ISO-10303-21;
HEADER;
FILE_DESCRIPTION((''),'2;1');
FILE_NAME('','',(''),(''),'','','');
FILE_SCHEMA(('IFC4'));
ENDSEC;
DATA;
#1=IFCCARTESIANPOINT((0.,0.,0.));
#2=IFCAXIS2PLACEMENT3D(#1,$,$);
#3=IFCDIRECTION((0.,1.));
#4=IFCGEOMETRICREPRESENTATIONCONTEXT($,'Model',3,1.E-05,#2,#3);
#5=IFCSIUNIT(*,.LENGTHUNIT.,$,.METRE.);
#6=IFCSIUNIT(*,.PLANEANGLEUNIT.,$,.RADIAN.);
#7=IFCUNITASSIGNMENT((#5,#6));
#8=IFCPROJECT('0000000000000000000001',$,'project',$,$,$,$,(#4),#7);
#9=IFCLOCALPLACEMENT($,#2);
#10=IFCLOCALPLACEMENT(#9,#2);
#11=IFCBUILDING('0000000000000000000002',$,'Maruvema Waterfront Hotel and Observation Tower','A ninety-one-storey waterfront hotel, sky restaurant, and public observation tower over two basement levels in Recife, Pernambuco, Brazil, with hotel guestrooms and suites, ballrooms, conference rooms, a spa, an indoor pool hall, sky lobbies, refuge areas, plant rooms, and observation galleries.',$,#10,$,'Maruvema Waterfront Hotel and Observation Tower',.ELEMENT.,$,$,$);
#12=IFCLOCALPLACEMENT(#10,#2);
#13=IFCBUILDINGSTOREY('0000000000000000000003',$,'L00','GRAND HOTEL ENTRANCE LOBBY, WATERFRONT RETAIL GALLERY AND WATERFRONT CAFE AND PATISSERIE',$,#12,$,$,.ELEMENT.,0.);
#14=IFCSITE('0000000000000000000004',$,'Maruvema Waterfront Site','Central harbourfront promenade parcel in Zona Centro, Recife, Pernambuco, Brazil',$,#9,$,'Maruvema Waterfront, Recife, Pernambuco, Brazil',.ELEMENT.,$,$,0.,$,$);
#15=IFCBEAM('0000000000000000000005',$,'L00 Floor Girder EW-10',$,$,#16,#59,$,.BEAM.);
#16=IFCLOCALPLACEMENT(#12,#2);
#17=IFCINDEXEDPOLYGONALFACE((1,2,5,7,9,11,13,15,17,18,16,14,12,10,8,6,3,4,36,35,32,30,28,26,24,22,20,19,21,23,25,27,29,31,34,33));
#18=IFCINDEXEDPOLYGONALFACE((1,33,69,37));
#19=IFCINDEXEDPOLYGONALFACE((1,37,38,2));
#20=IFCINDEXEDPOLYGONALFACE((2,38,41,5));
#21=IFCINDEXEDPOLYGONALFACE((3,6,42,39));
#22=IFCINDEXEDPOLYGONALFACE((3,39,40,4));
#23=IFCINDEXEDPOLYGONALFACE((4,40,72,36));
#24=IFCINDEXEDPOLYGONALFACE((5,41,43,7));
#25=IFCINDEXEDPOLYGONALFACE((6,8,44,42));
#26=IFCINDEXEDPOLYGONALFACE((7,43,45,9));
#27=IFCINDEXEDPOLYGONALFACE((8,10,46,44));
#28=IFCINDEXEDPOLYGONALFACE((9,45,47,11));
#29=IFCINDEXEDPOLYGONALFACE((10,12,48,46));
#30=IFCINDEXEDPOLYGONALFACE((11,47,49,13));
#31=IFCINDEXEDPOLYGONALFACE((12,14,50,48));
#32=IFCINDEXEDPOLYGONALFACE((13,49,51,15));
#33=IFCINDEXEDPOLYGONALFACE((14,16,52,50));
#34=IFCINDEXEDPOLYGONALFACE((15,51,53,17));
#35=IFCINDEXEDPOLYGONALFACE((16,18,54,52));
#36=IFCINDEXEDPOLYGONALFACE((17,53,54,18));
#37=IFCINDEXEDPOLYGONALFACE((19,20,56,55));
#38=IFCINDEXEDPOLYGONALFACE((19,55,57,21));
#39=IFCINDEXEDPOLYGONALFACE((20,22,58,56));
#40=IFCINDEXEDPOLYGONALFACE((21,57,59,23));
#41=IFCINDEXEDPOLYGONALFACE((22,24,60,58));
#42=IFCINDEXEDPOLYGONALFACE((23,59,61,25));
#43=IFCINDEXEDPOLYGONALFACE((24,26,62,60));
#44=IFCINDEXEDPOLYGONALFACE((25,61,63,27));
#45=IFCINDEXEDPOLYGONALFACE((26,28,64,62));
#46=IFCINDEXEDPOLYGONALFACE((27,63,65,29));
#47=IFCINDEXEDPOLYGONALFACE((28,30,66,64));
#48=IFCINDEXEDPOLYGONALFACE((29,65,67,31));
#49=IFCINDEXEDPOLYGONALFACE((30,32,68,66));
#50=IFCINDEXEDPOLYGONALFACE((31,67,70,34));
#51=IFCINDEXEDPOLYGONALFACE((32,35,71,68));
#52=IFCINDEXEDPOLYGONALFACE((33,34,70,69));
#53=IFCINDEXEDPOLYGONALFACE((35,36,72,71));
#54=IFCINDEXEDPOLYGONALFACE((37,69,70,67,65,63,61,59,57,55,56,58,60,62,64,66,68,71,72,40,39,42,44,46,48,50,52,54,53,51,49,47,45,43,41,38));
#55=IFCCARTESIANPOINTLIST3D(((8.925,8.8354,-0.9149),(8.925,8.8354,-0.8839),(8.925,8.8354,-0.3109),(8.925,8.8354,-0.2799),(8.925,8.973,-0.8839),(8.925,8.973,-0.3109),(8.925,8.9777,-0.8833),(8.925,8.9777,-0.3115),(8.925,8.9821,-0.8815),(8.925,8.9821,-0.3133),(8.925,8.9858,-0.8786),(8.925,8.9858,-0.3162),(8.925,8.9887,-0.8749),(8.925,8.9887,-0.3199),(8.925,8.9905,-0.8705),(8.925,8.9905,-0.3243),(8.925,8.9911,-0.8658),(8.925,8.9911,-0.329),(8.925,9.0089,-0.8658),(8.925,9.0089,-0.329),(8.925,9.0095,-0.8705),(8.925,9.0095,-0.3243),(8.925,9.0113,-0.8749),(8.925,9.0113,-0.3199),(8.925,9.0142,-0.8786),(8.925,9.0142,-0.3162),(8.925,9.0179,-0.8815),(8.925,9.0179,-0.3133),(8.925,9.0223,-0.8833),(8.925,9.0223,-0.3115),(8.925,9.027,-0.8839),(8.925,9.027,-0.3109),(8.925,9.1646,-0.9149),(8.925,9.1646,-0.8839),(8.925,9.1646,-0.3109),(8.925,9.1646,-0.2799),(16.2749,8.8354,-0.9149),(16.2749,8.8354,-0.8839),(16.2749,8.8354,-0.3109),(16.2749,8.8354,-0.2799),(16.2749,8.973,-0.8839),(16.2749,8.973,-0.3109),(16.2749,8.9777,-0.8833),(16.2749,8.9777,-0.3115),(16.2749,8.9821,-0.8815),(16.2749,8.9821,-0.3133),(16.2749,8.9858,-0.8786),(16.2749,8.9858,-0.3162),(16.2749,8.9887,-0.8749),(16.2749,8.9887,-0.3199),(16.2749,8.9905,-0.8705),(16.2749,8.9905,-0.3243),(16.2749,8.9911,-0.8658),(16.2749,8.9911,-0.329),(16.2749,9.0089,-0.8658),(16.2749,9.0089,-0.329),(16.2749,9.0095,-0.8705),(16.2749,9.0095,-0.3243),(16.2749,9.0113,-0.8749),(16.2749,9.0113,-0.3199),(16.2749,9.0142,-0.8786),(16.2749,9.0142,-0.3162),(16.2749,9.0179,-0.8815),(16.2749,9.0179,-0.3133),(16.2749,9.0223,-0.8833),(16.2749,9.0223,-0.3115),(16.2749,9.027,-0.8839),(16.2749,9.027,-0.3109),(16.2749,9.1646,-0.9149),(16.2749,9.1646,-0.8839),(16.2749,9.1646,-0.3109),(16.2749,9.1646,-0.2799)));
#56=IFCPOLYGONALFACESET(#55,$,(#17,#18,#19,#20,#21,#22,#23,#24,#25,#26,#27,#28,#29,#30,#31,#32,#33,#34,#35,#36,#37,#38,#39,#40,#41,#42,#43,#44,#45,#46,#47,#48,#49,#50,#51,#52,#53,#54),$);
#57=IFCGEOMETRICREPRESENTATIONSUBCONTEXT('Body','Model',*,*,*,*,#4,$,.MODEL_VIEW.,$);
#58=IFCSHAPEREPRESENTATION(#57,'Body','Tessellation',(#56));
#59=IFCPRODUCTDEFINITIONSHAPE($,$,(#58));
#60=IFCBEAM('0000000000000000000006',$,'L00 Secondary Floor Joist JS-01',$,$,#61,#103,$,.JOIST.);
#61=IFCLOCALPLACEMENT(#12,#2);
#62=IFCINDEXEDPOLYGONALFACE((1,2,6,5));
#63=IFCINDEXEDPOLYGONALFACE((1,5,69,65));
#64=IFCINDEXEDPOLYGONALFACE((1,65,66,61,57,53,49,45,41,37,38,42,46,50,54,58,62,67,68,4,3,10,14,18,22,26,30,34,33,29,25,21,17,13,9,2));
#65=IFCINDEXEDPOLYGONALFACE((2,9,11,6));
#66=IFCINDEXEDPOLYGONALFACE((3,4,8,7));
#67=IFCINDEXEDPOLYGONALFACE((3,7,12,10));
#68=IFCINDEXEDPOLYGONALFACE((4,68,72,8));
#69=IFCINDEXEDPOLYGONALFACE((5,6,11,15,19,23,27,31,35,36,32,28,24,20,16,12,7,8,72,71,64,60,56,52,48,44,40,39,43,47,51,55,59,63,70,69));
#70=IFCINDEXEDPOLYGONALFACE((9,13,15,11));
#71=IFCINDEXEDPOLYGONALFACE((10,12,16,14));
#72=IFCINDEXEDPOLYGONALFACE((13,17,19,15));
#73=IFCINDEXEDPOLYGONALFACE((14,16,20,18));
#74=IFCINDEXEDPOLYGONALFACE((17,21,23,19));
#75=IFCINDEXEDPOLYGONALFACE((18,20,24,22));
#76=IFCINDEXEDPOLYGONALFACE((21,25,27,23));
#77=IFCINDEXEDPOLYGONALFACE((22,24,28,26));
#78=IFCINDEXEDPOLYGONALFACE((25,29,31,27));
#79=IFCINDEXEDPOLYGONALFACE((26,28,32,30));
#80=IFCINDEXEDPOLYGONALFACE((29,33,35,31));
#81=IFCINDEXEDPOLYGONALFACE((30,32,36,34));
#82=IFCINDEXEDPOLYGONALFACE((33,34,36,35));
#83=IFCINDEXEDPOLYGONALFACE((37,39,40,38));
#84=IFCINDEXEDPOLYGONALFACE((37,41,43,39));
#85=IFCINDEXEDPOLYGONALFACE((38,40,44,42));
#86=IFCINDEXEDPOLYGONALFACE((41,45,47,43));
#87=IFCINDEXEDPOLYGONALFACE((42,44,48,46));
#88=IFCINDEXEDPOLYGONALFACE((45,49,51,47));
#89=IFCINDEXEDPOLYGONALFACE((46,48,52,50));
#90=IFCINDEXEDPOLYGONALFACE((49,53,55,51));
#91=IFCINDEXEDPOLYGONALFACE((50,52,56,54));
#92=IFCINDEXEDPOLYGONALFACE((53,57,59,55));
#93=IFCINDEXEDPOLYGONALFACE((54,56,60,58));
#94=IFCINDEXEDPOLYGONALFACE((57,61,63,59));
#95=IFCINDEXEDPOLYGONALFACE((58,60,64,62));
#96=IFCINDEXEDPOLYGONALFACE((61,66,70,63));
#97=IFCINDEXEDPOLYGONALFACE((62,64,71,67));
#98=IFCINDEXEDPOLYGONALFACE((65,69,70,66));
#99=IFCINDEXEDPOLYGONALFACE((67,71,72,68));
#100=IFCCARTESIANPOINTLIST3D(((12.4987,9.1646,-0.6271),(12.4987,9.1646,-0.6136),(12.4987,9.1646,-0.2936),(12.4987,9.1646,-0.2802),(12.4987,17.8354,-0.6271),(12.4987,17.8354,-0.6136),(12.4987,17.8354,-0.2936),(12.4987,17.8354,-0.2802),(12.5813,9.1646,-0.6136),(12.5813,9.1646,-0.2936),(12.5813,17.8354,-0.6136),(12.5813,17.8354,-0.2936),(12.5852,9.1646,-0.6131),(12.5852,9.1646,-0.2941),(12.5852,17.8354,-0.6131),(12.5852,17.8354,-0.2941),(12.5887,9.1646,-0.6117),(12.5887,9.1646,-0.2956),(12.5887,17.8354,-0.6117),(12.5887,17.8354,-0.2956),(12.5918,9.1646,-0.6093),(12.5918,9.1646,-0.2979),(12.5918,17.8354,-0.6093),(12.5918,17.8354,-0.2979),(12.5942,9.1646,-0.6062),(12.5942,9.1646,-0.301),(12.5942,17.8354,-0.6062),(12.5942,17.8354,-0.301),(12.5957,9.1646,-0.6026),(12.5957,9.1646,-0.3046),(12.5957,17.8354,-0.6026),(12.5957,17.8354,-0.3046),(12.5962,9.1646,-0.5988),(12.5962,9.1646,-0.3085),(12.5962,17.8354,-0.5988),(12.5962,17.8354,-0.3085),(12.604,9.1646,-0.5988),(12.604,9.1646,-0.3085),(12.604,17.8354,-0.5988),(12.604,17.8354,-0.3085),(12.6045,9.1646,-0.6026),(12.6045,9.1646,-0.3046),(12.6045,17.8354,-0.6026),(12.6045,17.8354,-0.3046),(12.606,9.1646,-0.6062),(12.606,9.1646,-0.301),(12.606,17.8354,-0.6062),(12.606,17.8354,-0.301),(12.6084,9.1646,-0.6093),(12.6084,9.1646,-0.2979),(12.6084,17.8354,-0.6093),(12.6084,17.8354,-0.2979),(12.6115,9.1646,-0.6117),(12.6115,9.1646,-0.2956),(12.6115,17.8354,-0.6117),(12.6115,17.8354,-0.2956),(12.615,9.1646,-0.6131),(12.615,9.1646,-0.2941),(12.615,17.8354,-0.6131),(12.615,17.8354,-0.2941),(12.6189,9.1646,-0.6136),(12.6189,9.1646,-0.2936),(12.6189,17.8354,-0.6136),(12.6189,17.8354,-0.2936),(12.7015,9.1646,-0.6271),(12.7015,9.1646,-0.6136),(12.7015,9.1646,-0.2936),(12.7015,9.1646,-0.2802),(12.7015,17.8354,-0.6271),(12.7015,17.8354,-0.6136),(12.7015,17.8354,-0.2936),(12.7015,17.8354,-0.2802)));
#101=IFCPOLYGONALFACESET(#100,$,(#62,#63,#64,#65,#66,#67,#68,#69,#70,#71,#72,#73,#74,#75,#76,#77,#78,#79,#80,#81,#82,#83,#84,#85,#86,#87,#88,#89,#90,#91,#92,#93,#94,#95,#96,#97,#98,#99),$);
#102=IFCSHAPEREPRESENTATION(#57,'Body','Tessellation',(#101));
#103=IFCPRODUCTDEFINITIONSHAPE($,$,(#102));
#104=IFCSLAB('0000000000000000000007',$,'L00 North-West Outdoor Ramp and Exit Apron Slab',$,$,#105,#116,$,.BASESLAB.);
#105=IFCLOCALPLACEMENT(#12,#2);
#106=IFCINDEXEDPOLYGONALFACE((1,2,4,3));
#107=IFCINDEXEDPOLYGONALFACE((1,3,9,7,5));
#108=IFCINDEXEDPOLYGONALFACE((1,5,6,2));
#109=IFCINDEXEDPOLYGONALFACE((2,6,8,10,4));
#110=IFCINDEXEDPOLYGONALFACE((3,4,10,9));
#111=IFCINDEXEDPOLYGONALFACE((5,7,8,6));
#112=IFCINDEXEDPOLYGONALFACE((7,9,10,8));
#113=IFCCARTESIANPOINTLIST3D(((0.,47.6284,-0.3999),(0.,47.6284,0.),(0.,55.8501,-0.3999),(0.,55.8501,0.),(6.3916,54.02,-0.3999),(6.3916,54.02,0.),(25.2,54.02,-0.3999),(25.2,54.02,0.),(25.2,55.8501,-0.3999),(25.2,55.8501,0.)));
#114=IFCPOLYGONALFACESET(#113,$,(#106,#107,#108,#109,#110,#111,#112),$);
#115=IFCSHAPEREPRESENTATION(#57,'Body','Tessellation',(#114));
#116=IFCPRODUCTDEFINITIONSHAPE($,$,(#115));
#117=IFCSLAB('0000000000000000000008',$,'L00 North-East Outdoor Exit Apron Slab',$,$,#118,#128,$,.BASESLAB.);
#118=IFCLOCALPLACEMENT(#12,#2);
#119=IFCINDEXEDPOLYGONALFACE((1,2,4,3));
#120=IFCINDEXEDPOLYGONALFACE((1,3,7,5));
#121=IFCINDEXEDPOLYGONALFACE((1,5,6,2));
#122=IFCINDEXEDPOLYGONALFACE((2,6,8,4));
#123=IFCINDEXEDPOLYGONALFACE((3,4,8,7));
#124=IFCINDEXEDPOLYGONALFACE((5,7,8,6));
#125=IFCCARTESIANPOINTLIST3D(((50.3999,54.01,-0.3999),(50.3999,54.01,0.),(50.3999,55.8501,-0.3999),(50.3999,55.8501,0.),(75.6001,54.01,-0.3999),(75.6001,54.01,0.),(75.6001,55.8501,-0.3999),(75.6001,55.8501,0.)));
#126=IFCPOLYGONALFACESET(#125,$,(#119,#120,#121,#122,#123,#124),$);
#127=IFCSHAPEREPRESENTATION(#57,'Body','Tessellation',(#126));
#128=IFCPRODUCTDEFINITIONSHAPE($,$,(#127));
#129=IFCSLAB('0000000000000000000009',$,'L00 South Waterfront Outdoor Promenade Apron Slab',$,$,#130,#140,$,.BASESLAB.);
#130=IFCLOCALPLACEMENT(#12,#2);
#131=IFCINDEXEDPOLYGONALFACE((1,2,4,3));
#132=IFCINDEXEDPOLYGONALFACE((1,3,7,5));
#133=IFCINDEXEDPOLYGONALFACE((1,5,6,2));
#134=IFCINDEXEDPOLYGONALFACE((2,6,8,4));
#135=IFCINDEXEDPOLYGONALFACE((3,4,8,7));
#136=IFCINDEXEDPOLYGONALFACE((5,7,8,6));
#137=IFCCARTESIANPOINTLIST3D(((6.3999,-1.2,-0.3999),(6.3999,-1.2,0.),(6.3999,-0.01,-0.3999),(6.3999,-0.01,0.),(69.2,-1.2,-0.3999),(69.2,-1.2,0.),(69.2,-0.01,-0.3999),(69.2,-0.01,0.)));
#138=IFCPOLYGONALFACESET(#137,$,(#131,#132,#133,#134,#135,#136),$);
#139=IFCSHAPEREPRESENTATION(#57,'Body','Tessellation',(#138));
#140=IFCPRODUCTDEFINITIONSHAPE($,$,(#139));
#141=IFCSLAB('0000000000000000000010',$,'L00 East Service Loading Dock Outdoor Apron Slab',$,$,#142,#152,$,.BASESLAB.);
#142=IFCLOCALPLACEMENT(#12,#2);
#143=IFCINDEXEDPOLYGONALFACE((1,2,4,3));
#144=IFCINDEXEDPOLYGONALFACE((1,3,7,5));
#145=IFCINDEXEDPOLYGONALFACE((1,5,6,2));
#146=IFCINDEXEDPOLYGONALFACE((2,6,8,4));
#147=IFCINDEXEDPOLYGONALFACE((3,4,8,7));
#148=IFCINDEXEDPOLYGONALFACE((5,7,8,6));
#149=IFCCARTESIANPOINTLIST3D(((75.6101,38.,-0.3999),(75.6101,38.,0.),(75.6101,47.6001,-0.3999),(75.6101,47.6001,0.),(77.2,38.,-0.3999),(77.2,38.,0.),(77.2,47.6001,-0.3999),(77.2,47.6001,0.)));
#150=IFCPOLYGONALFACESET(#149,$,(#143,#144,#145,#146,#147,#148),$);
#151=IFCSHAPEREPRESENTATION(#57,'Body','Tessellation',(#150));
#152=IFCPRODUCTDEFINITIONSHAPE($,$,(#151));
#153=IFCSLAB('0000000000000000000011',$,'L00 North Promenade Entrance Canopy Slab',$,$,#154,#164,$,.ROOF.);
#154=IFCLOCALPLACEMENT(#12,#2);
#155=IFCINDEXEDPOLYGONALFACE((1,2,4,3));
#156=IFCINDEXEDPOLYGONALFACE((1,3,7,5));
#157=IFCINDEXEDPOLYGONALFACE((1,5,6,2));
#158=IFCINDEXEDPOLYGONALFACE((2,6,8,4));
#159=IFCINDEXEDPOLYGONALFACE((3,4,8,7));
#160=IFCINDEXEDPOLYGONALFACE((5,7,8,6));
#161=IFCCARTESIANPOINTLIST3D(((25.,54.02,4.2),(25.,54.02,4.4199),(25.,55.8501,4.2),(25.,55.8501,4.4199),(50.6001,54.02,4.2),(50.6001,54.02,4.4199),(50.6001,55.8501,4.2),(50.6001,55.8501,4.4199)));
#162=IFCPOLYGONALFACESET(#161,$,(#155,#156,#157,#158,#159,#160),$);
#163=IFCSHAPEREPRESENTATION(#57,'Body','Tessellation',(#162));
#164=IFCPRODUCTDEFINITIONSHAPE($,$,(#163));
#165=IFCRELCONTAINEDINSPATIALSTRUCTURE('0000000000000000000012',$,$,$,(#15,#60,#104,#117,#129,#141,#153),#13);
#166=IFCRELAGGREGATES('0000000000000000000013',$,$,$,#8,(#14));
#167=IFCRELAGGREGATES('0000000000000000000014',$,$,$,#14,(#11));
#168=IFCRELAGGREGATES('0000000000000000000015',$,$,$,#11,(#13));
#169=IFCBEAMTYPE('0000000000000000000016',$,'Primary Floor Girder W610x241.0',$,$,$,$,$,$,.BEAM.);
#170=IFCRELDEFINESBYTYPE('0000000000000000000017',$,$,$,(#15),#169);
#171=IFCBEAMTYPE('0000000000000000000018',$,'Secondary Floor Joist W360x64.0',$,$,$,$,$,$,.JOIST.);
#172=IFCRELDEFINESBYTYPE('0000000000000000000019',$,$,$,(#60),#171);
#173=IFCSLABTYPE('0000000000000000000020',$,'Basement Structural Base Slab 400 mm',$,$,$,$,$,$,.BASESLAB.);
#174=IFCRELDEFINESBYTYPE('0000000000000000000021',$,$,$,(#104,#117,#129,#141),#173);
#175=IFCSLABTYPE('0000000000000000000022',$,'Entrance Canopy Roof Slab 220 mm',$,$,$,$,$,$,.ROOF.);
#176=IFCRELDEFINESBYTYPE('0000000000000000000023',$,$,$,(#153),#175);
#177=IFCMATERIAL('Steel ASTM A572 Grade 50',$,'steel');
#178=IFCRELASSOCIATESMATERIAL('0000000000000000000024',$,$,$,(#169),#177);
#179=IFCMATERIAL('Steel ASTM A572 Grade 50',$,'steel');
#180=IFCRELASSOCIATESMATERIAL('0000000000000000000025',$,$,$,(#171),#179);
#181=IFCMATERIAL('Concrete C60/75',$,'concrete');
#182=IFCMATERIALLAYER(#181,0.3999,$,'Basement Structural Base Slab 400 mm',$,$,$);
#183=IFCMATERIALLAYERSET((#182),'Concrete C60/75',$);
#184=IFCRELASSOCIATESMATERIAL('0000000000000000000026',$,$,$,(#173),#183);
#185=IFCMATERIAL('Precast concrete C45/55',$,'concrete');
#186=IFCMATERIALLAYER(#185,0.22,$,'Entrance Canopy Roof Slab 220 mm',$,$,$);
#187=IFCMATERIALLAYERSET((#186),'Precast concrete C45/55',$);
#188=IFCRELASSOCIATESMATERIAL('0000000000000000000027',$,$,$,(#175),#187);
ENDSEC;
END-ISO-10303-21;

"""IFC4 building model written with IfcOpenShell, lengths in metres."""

from ifc_helpers import new_model, si_unit, direction, frame, origin, origin_2d, place, context, subcontext, project, spatial, polyline, i_section, outline, extrude, material, layer, layer_set, material_profile, profile_set, type_object, element, save


model = new_model("IFC4")

# Units and contexts
model_context = context("Model", 3, precision=1e-05, world=origin(), true_north=direction((0.0, 1.0)))
body_context = subcontext(model_context, "Body", "Model", "MODEL_VIEW")
ifc_project = project(units=[si_unit("LENGTHUNIT", "METRE"), si_unit("PLANEANGLEUNIT", "RADIAN")], contexts=[model_context])

# Site, building, storey
site_placement = place(None, origin())
site = spatial("IfcSite", under=ifc_project, at=site_placement, Name="Maruvema Waterfront Site", Description="Central harbourfront promenade parcel in Zona Centro, Recife, Pernambuco, Brazil", LongName="Maruvema Waterfront, Recife, Pernambuco, Brazil", CompositionType="ELEMENT", RefElevation=0.0)
building_placement = place(site_placement, origin())
building = spatial("IfcBuilding", under=site, at=building_placement, Name="Maruvema Waterfront Hotel and Observation Tower", Description="A ninety-one-storey waterfront hotel, sky restaurant, and public observation tower over two basement levels in Recife, Pernambuco, Brazil, with hotel guestrooms and suites, ballrooms, conference rooms, a spa, an indoor pool hall, sky lobbies, refuge areas, plant rooms, and observation galleries.", LongName="Maruvema Waterfront Hotel and Observation Tower", CompositionType="ELEMENT")
storey_placement = place(building_placement, origin())
storey = spatial("IfcBuildingStorey", under=building, at=storey_placement, Name="L00", Description="GRAND HOTEL ENTRANCE LOBBY, WATERFRONT RETAIL GALLERY AND WATERFRONT CAFE AND PATISSERIE", CompositionType="ELEMENT", Elevation=0.0)

# Beams
ifc_material_1 = material(Name="Steel ASTM A572 Grade 50", Category="steel")
ifc_material_profile_1 = material_profile(ifc_material_1, i_section(OverallWidth=0.3291, OverallDepth=0.635, WebThickness=0.0178, FlangeThickness=0.031, FilletRadius=0.0181, at=origin_2d()), Name="W610x241.0")
ifc_profile_set_1 = profile_set([ifc_material_profile_1], Name="Steel ASTM A572 Grade 50")
beam_type_1 = type_object("IfcBeamType", Name="Primary Floor Girder W610x241.0", PredefinedType="BEAM", material=ifc_profile_set_1)
beam_1_placement = place(storey_placement, frame((8.925, 9.0, -0.5974), z_axis=(1.0, 0.0, 0.0), x_axis=(0.0, 1.0, 0.0)))
element("IfcBeam", 1, at=beam_1_placement, inside=storey, type_object=beam_type_1, Name="L00 Floor Girder EW-10", PredefinedType="BEAM", context=body_context, shape_type="SweptSolid", body=[
    extrude(i_section(OverallWidth=0.3291, OverallDepth=0.635, WebThickness=0.0178, FlangeThickness=0.031, FilletRadius=0.0181, at=origin_2d()), origin(), (0.0, 0.0, 1.0), 7.3499),
])
ifc_material_2 = material(Name="Steel ASTM A572 Grade 50", Category="steel")
ifc_material_profile_2 = material_profile(ifc_material_2, i_section(OverallWidth=0.2029, OverallDepth=0.3469, WebThickness=0.0078, FlangeThickness=0.0134, FilletRadius=0.0149, at=origin_2d()), Name="W360x64.0")
ifc_profile_set_2 = profile_set([ifc_material_profile_2], Name="Steel ASTM A572 Grade 50")
beam_type_2 = type_object("IfcBeamType", Name="Secondary Floor Joist W360x64.0", PredefinedType="JOIST", material=ifc_profile_set_2)
beam_2_placement = place(storey_placement, frame((12.6001, 9.1646, -0.4536), z_axis=(0.0, 1.0, 0.0), x_axis=(-1.0, 0.0, 0.0)))
element("IfcBeam", 2, at=beam_2_placement, inside=storey, type_object=beam_type_2, Name="L00 Secondary Floor Joist JS-01", PredefinedType="JOIST", context=body_context, shape_type="SweptSolid", body=[
    extrude(i_section(OverallWidth=0.2029, OverallDepth=0.3469, WebThickness=0.0078, FlangeThickness=0.0134, FilletRadius=0.0149, at=origin_2d()), origin(), (0.0, 0.0, 1.0), 8.6709),
])

# Slabs
ifc_material_3 = material(Name="Concrete C60/75", Category="concrete")
ifc_layer_1 = layer(ifc_material_3, 0.3999, Name="Basement Structural Base Slab 400 mm")
ifc_layer_set_1 = layer_set([ifc_layer_1], Name="Concrete C60/75")
slab_type_1 = type_object("IfcSlabType", Name="Basement Structural Base Slab 400 mm", PredefinedType="BASESLAB", material=ifc_layer_set_1)
slab_1_placement = place(storey_placement, frame((0.0, 0.0, -0.3999)))
element("IfcSlab", 3, at=slab_1_placement, inside=storey, type_object=slab_type_1, Name="L00 North-West Outdoor Ramp and Exit Apron Slab", PredefinedType="BASESLAB", context=body_context, shape_type="SweptSolid", body=[
    extrude(outline(polyline([(0.0, 55.8501), (25.2, 55.8501), (25.2, 54.02), (6.3916, 54.02), (0.0, 47.6284), (0.0, 55.8501)])), origin(), (0.0, 0.0, 1.0), 0.3999),
])
slab_2_placement = place(storey_placement, frame((0.0, 0.0, -0.3999)))
element("IfcSlab", 4, at=slab_2_placement, inside=storey, type_object=slab_type_1, Name="L00 North-East Outdoor Exit Apron Slab", PredefinedType="BASESLAB", context=body_context, shape_type="SweptSolid", body=[
    extrude(outline(polyline([(50.3999, 54.01), (75.6001, 54.01), (75.6001, 55.8501), (50.3999, 55.8501), (50.3999, 54.01)])), origin(), (0.0, 0.0, 1.0), 0.3999),
])
slab_3_placement = place(storey_placement, frame((0.0, 0.0, -0.3999)))
element("IfcSlab", 5, at=slab_3_placement, inside=storey, type_object=slab_type_1, Name="L00 South Waterfront Outdoor Promenade Apron Slab", PredefinedType="BASESLAB", context=body_context, shape_type="SweptSolid", body=[
    extrude(outline(polyline([(6.3999, -1.2), (69.2, -1.2), (69.2, -0.01), (6.3999, -0.01), (6.3999, -1.2)])), origin(), (0.0, 0.0, 1.0), 0.3999),
])
slab_4_placement = place(storey_placement, frame((0.0, 0.0, -0.3999)))
element("IfcSlab", 6, at=slab_4_placement, inside=storey, type_object=slab_type_1, Name="L00 East Service Loading Dock Outdoor Apron Slab", PredefinedType="BASESLAB", context=body_context, shape_type="SweptSolid", body=[
    extrude(outline(polyline([(75.6101, 38.0), (77.2, 38.0), (77.2, 47.6001), (75.6101, 47.6001), (75.6101, 38.0)])), origin(), (0.0, 0.0, 1.0), 0.3999),
])
ifc_material_4 = material(Name="Precast concrete C45/55", Category="concrete")
ifc_layer_2 = layer(ifc_material_4, 0.22, Name="Entrance Canopy Roof Slab 220 mm")
ifc_layer_set_2 = layer_set([ifc_layer_2], Name="Precast concrete C45/55")
slab_type_2 = type_object("IfcSlabType", Name="Entrance Canopy Roof Slab 220 mm", PredefinedType="ROOF", material=ifc_layer_set_2)
slab_5_placement = place(storey_placement, frame((0.0, 0.0, 4.2)))
element("IfcSlab", 7, at=slab_5_placement, inside=storey, type_object=slab_type_2, Name="L00 North Promenade Entrance Canopy Slab", PredefinedType="ROOF", context=body_context, shape_type="SweptSolid", body=[
    extrude(outline(polyline([(25.0, 54.02), (50.6001, 54.02), (50.6001, 55.8501), (25.0, 55.8501), (25.0, 54.02)])), origin(), (0.0, 0.0, 1.0), 0.22),
])

save(model, "model.ifc")
